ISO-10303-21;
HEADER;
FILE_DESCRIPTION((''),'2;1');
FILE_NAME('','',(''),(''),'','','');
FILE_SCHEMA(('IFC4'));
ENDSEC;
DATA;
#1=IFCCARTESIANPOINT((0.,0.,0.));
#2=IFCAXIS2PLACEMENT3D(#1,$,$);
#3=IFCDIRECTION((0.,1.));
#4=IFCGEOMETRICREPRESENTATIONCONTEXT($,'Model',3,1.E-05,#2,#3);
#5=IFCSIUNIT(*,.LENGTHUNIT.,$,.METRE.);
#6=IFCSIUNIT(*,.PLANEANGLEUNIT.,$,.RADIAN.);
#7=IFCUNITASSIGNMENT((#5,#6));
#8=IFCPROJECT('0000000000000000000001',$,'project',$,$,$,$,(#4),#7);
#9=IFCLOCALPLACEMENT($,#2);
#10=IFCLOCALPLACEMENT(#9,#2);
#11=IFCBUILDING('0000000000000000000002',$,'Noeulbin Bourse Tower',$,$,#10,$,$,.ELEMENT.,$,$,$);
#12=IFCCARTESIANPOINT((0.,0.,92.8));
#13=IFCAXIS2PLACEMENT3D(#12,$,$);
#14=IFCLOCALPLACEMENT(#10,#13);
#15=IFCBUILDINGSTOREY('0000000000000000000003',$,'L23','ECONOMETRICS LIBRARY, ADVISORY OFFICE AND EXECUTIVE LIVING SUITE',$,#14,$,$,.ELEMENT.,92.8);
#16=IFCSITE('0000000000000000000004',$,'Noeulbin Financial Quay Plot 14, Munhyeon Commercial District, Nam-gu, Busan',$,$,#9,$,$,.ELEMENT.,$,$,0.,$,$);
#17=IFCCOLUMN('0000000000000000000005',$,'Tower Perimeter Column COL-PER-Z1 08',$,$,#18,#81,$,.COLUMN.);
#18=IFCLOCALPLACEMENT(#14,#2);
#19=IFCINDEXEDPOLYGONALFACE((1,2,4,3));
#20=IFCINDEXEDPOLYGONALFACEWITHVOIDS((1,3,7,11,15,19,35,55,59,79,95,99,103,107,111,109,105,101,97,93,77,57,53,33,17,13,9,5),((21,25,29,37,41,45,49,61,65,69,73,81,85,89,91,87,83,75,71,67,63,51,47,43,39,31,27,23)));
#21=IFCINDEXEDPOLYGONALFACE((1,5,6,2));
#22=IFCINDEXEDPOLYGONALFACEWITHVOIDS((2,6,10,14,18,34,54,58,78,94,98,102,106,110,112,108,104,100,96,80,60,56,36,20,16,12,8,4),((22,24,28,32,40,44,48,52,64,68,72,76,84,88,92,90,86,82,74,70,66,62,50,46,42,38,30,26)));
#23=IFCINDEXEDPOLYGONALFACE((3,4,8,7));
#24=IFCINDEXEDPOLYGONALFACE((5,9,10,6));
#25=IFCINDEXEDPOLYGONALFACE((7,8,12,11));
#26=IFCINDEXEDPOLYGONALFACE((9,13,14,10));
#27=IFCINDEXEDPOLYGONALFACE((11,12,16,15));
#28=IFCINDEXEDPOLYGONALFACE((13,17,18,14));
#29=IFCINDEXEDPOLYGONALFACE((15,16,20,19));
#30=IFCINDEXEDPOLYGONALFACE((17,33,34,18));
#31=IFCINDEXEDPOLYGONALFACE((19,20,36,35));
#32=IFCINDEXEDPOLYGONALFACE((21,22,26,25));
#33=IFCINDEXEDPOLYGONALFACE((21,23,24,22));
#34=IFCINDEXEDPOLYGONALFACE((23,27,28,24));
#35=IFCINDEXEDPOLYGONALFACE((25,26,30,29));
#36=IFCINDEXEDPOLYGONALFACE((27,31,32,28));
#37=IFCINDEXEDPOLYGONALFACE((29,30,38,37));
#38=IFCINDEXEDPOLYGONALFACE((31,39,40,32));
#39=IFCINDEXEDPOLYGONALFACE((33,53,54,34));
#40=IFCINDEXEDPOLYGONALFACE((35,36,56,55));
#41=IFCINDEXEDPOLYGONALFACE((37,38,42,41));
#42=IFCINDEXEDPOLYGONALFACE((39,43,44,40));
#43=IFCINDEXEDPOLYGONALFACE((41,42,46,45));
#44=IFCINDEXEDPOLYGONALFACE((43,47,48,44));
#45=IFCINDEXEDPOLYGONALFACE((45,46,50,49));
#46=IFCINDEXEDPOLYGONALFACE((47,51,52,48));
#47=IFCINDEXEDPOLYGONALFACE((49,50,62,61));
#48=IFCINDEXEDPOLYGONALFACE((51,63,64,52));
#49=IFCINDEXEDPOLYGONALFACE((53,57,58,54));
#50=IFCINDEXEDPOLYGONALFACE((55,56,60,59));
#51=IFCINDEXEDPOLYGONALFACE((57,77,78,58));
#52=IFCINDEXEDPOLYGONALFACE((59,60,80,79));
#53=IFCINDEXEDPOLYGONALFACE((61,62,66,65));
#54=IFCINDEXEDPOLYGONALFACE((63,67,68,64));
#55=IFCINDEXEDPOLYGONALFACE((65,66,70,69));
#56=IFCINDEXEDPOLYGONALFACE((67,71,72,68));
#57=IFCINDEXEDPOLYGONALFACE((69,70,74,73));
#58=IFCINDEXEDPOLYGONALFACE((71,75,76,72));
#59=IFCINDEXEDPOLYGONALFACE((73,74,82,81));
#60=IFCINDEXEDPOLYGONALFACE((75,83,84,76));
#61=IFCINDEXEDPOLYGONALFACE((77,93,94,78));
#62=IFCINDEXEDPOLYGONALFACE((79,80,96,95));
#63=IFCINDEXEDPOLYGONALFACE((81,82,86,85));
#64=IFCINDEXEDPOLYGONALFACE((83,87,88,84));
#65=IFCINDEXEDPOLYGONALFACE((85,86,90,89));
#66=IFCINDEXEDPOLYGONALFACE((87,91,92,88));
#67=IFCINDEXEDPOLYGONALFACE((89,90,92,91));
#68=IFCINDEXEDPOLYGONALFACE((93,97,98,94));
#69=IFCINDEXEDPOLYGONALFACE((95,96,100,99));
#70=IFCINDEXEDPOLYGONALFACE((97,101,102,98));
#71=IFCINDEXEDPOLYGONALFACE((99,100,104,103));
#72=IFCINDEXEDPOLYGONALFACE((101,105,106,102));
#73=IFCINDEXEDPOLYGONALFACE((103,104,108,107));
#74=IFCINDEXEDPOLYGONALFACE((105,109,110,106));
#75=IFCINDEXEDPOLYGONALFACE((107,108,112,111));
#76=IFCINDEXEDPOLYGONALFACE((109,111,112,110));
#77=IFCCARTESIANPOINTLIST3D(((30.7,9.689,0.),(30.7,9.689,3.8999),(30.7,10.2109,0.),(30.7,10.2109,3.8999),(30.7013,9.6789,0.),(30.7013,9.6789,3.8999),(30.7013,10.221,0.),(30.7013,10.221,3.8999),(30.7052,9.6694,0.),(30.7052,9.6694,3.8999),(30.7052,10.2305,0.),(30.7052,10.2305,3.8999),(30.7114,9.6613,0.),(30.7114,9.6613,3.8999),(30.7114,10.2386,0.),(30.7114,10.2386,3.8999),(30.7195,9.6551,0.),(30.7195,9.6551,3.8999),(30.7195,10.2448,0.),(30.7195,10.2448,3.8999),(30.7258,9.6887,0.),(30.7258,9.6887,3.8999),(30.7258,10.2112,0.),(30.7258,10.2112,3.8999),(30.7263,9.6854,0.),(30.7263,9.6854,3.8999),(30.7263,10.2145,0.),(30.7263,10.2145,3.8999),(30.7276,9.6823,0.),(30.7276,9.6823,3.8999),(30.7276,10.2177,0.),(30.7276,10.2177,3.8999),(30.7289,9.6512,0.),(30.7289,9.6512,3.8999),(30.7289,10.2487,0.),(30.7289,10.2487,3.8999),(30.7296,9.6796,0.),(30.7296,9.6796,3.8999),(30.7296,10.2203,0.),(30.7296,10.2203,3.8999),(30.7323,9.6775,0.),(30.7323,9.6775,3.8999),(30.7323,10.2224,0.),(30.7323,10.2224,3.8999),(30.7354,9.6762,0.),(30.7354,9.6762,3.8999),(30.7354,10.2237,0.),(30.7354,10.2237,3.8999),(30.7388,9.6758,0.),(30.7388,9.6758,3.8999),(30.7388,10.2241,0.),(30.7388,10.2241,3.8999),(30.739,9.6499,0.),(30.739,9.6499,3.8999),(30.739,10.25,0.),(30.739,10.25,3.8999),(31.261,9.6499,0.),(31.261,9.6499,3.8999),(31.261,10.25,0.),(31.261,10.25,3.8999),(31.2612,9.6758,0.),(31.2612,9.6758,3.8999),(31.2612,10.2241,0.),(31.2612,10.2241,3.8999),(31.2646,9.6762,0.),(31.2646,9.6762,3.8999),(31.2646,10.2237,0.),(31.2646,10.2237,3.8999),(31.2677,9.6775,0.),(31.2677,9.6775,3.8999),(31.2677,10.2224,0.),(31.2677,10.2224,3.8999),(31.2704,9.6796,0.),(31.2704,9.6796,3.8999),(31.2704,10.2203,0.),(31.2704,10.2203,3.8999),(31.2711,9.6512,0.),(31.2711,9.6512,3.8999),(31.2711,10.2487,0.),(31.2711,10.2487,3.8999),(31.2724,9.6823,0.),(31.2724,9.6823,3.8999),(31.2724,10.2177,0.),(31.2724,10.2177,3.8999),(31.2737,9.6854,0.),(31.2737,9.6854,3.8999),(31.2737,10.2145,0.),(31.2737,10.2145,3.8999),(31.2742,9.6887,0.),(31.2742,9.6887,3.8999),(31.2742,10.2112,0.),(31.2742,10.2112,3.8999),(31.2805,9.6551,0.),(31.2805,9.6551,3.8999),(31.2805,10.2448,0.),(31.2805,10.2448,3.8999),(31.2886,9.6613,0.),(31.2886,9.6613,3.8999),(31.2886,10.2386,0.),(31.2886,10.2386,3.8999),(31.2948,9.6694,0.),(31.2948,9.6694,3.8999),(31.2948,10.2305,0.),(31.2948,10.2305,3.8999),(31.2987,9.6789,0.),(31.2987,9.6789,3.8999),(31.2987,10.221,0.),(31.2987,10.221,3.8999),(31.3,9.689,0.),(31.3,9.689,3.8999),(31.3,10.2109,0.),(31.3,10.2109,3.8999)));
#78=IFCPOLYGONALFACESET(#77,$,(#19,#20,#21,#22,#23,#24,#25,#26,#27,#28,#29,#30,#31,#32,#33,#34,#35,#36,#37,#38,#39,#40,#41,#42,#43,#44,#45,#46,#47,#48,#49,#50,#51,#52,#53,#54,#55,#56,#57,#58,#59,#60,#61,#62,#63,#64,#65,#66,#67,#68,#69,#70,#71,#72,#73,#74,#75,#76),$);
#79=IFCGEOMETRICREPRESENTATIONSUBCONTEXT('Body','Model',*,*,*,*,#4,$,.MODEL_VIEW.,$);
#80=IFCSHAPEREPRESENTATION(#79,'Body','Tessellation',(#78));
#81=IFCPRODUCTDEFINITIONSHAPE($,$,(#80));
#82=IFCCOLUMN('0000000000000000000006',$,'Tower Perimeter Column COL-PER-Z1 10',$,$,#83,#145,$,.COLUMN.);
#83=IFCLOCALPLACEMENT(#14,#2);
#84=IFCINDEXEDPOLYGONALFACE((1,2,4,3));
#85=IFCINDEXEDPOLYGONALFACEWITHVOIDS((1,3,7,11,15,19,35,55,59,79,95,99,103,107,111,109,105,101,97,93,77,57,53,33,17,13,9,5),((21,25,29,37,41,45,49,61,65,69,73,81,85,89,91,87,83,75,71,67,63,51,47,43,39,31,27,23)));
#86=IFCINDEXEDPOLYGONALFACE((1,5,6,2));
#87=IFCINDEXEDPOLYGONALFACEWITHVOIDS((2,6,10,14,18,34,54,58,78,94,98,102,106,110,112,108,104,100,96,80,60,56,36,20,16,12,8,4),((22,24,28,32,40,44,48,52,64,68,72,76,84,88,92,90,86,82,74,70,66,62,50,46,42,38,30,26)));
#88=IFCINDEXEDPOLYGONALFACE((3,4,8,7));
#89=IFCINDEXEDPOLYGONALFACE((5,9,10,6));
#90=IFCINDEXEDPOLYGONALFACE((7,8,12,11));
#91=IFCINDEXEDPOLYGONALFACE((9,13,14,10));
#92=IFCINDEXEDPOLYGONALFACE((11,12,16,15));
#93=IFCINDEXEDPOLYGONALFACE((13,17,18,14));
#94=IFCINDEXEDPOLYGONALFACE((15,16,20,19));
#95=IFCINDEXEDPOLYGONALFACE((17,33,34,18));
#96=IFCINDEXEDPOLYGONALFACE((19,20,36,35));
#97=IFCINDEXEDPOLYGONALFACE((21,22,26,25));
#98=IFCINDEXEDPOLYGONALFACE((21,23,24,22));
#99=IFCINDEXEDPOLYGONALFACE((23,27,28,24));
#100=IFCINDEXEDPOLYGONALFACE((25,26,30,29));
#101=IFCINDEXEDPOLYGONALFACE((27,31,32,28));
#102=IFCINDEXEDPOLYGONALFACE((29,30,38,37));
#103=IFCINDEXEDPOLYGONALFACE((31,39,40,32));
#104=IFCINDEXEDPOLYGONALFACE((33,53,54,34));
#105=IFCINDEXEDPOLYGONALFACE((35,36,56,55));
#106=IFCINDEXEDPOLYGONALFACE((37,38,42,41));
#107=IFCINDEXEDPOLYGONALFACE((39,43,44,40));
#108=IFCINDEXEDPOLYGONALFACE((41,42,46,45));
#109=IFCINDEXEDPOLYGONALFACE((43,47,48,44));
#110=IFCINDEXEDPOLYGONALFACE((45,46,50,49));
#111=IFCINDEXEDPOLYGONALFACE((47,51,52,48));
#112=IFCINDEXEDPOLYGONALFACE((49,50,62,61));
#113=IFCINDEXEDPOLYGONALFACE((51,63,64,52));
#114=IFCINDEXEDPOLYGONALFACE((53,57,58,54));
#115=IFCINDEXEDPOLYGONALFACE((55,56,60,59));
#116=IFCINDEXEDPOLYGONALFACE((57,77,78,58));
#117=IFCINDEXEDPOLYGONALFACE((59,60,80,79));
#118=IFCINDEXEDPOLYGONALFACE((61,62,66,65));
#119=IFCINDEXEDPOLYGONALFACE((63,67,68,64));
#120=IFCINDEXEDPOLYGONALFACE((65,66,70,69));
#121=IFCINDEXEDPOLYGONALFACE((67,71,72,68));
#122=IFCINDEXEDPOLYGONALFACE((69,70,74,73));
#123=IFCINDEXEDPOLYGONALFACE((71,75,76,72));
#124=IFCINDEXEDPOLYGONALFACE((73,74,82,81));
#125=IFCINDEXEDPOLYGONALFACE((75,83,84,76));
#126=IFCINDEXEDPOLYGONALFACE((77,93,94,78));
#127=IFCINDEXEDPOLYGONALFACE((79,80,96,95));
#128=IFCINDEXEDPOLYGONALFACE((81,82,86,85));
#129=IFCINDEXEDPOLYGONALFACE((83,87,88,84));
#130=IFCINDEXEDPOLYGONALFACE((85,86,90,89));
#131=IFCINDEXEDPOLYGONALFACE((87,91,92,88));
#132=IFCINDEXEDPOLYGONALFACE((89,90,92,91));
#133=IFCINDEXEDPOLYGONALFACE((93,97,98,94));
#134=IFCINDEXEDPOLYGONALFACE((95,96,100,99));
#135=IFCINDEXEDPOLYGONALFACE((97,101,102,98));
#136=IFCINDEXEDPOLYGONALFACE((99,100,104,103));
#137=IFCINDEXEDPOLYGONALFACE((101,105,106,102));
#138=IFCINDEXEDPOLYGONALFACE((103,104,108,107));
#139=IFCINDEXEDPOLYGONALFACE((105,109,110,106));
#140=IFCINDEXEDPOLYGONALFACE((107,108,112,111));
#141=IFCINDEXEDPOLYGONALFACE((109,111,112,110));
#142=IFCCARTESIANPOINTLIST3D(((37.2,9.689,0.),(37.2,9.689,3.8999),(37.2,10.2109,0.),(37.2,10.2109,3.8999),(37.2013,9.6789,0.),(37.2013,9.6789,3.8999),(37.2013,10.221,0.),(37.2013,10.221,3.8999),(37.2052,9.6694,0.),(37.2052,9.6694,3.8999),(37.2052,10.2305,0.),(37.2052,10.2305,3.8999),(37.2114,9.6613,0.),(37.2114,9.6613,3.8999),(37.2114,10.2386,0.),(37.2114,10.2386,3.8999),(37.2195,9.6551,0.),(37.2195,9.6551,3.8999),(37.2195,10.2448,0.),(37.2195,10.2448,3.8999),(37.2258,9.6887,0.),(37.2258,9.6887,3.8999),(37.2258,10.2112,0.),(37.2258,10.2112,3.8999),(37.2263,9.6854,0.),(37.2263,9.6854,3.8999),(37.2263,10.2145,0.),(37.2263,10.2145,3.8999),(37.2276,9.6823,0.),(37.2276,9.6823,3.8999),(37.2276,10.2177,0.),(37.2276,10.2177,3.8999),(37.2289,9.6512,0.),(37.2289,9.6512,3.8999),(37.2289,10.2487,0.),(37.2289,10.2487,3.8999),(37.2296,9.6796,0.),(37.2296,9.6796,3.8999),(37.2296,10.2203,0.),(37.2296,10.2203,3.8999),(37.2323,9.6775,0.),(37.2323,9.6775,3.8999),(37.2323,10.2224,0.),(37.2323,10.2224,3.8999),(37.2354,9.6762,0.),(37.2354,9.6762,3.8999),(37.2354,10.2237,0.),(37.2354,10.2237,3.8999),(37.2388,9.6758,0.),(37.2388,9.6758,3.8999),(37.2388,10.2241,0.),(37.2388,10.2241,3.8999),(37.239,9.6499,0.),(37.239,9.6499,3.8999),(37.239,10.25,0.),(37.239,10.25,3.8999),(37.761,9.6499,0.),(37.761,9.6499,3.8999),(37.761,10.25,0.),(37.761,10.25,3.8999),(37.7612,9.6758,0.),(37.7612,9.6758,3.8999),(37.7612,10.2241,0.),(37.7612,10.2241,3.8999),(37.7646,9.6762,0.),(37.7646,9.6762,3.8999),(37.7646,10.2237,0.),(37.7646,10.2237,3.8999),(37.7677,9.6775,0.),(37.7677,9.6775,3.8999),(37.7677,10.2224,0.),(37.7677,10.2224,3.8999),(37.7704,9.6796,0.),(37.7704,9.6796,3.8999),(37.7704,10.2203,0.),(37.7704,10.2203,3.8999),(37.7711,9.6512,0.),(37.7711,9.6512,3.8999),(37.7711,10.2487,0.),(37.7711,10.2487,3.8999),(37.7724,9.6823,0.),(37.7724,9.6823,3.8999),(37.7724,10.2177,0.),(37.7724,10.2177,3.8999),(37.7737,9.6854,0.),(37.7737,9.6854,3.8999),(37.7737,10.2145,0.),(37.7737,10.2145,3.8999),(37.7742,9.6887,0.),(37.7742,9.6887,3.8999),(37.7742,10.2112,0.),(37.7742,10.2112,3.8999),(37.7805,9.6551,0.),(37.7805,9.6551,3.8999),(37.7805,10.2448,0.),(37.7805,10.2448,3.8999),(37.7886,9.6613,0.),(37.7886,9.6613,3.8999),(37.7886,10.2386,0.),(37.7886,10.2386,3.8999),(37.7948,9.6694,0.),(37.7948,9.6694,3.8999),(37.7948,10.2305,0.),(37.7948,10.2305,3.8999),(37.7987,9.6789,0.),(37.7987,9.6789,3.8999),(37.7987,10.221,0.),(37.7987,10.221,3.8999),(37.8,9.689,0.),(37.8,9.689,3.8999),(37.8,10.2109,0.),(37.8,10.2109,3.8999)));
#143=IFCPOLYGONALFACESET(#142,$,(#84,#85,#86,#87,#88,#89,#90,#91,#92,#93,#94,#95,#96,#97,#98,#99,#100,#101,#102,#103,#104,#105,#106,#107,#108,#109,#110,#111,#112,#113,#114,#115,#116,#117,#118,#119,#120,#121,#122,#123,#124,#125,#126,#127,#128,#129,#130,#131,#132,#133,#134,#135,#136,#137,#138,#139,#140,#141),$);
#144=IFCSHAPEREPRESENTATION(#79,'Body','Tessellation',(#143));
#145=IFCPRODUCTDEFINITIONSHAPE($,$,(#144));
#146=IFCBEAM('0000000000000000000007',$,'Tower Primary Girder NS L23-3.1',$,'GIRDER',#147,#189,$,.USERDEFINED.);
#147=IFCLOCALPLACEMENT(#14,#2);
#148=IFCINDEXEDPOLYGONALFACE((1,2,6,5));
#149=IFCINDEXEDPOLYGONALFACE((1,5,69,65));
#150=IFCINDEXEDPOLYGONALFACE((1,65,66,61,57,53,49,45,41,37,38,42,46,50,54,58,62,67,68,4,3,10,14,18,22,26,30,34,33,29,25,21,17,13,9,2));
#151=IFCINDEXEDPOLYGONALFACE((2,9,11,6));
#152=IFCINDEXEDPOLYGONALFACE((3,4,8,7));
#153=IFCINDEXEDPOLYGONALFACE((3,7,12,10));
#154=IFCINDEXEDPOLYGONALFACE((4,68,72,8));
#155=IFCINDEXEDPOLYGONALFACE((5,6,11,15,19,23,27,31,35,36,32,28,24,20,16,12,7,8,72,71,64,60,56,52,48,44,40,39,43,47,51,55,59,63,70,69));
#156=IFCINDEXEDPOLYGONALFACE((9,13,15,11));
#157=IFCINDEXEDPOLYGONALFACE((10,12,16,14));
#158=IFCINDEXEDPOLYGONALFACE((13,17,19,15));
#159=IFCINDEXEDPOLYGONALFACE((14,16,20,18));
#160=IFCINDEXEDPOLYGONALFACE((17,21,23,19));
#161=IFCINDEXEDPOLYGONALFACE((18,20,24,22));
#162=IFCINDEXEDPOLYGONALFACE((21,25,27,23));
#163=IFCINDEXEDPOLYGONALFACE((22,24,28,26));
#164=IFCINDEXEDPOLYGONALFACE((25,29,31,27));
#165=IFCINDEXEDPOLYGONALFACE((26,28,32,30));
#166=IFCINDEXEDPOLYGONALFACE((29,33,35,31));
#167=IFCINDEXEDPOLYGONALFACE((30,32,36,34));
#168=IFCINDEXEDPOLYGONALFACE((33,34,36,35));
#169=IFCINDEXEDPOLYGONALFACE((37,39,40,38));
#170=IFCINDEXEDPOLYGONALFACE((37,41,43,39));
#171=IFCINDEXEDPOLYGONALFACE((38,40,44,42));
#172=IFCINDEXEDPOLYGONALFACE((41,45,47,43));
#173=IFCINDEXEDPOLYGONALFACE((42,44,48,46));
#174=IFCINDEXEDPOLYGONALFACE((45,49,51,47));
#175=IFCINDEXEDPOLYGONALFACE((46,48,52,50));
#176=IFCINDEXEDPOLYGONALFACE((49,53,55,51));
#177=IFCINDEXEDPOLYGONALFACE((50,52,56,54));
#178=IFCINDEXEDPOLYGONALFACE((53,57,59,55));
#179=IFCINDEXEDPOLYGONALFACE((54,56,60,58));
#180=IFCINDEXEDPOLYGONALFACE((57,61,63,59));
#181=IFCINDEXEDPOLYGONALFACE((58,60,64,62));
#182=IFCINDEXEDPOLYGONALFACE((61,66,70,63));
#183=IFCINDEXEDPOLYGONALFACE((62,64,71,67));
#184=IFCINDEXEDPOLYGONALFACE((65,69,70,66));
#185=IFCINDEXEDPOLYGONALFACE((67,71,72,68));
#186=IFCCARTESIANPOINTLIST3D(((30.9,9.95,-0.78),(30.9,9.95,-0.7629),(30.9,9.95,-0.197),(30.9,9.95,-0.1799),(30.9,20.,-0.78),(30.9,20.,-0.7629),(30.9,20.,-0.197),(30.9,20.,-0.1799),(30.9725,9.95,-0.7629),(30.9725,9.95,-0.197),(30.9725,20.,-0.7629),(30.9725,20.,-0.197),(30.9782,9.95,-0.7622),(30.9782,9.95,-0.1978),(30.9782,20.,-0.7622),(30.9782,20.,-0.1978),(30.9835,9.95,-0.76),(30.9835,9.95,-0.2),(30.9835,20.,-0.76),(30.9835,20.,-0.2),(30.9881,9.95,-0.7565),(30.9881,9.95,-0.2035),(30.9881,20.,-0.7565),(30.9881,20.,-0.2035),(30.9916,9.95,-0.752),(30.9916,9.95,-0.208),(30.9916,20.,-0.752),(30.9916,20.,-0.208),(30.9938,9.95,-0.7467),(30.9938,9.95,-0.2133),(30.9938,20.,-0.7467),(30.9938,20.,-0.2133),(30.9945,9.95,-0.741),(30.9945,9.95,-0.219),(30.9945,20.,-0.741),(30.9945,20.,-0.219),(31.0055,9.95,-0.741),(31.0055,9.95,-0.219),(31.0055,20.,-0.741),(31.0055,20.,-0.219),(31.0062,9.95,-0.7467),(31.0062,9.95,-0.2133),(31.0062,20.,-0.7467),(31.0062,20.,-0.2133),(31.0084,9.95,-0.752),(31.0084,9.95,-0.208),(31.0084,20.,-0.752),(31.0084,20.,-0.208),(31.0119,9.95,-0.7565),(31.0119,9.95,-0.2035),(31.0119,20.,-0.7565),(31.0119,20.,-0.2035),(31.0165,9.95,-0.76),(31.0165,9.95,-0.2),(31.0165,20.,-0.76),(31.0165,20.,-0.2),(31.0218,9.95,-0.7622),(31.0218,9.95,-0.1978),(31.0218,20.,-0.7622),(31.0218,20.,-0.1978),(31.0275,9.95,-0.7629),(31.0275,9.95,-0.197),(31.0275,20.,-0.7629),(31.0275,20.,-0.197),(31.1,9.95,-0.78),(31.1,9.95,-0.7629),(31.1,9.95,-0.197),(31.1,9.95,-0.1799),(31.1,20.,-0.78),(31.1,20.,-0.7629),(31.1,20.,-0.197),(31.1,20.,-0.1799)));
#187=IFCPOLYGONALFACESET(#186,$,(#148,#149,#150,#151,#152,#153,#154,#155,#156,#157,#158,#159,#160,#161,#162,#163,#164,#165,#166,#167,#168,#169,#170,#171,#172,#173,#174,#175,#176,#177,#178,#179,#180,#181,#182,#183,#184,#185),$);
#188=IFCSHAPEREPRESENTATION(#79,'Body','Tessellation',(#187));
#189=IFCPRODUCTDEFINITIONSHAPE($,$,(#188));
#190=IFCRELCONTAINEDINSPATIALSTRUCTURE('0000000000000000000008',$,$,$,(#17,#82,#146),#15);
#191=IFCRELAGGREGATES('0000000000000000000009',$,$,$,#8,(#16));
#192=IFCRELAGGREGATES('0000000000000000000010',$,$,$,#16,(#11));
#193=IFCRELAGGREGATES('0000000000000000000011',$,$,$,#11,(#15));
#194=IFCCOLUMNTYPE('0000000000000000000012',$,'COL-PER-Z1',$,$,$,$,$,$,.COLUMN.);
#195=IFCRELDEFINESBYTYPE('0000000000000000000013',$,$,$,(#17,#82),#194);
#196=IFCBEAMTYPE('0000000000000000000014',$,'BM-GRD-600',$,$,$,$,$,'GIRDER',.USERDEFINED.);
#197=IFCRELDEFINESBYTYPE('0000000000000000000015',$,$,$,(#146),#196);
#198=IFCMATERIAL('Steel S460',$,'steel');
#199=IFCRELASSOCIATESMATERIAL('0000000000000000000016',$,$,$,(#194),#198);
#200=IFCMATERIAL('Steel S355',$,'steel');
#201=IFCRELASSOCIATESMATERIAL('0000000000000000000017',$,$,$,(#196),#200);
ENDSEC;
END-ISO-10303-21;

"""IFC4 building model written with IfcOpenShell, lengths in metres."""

from ifc_helpers import new_model, si_unit, direction, frame, origin, origin_2d, place, context, subcontext, project, spatial, hollow_rectangle, i_section, extrude, material, material_profile, profile_set, type_object, element, save


model = new_model("IFC4")

# Units and contexts
model_context = context("Model", 3, precision=1e-05, world=origin(), true_north=direction((0.0, 1.0)))
body_context = subcontext(model_context, "Body", "Model", "MODEL_VIEW")
ifc_project = project(units=[si_unit("LENGTHUNIT", "METRE"), si_unit("PLANEANGLEUNIT", "RADIAN")], contexts=[model_context])

# Site, building, storey
site_placement = place(None, origin())
site = spatial("IfcSite", under=ifc_project, at=site_placement, Name="Noeulbin Financial Quay Plot 14, Munhyeon Commercial District, Nam-gu, Busan", CompositionType="ELEMENT", RefElevation=0.0)
building_placement = place(site_placement, origin())
building = spatial("IfcBuilding", under=site, at=building_placement, Name="Noeulbin Bourse Tower", CompositionType="ELEMENT")
storey_placement = place(building_placement, frame((0.0, 0.0, 92.8)))
storey = spatial("IfcBuildingStorey", under=building, at=storey_placement, Name="L23", Description="ECONOMETRICS LIBRARY, ADVISORY OFFICE AND EXECUTIVE LIVING SUITE", CompositionType="ELEMENT", Elevation=92.8)

# Columns
ifc_material_1 = material(Name="Steel S460", Category="steel")
ifc_material_profile_1 = material_profile(ifc_material_1, hollow_rectangle(XDim=0.6001, YDim=0.6001, WallThickness=0.0259, InnerFilletRadius=0.0129, OuterFilletRadius=0.0391, at=origin_2d()), Name="BOX-600x600x26", Category="LoadBearing")
ifc_profile_set_1 = profile_set([ifc_material_profile_1], Name="Steel S460")
column_type = type_object("IfcColumnType", Name="COL-PER-Z1", PredefinedType="COLUMN", material=ifc_profile_set_1)
for number, where, z_axis, x_axis, name in (
    (1, (31.0, 9.95, 0.0), (0.0, 0.0, 1.0), (1.0, 0.0, 0.0), "Tower Perimeter Column COL-PER-Z1 08"),
    (2, (37.5, 9.95, 0.0), (0.0, 0.0, 1.0), (1.0, 0.0, 0.0), "Tower Perimeter Column COL-PER-Z1 10"),
):
    element("IfcColumn", number, at=place(storey_placement, frame(where, z_axis=z_axis, x_axis=x_axis)), inside=storey, type_object=column_type, Name=name, PredefinedType="COLUMN", context=body_context, shape_type="SweptSolid", body=[
        extrude(hollow_rectangle(XDim=0.6001, YDim=0.6001, WallThickness=0.0259, InnerFilletRadius=0.0129, OuterFilletRadius=0.0391, at=origin_2d()), origin(), (0.0, 0.0, 1.0), 3.8999),
    ])

# Beam
ifc_material_2 = material(Name="Steel S355", Category="steel")
ifc_material_profile_2 = material_profile(ifc_material_2, i_section(OverallWidth=0.2, OverallDepth=0.6001, WebThickness=0.011, FlangeThickness=0.0171, FilletRadius=0.022, at=origin_2d()), Name="H-600x200x11x17", Category="LoadBearing")
ifc_profile_set_2 = profile_set([ifc_material_profile_2], Name="Steel S355")
beam_type_1 = type_object("IfcBeamType", Name="BM-GRD-600", ElementType="GIRDER", PredefinedType="USERDEFINED", material=ifc_profile_set_2)
for number, where, z_axis, x_axis, name in (
    (3, (31.0, 9.95, -0.48), (0.0, 1.0, 0.0), (-1.0, 0.0, 0.0), "Tower Primary Girder NS L23-3.1"),
):
    element("IfcBeam", number, at=place(storey_placement, frame(where, z_axis=z_axis, x_axis=x_axis)), inside=storey, type_object=beam_type_1, Name=name, ObjectType="GIRDER", PredefinedType="USERDEFINED", context=body_context, shape_type="SweptSolid", body=[
        extrude(i_section(OverallWidth=0.2, OverallDepth=0.6001, WebThickness=0.011, FlangeThickness=0.0171, FilletRadius=0.022, at=origin_2d()), origin(), (0.0, 0.0, 1.0), 10.05),
    ])

save(model, "model.ifc")
